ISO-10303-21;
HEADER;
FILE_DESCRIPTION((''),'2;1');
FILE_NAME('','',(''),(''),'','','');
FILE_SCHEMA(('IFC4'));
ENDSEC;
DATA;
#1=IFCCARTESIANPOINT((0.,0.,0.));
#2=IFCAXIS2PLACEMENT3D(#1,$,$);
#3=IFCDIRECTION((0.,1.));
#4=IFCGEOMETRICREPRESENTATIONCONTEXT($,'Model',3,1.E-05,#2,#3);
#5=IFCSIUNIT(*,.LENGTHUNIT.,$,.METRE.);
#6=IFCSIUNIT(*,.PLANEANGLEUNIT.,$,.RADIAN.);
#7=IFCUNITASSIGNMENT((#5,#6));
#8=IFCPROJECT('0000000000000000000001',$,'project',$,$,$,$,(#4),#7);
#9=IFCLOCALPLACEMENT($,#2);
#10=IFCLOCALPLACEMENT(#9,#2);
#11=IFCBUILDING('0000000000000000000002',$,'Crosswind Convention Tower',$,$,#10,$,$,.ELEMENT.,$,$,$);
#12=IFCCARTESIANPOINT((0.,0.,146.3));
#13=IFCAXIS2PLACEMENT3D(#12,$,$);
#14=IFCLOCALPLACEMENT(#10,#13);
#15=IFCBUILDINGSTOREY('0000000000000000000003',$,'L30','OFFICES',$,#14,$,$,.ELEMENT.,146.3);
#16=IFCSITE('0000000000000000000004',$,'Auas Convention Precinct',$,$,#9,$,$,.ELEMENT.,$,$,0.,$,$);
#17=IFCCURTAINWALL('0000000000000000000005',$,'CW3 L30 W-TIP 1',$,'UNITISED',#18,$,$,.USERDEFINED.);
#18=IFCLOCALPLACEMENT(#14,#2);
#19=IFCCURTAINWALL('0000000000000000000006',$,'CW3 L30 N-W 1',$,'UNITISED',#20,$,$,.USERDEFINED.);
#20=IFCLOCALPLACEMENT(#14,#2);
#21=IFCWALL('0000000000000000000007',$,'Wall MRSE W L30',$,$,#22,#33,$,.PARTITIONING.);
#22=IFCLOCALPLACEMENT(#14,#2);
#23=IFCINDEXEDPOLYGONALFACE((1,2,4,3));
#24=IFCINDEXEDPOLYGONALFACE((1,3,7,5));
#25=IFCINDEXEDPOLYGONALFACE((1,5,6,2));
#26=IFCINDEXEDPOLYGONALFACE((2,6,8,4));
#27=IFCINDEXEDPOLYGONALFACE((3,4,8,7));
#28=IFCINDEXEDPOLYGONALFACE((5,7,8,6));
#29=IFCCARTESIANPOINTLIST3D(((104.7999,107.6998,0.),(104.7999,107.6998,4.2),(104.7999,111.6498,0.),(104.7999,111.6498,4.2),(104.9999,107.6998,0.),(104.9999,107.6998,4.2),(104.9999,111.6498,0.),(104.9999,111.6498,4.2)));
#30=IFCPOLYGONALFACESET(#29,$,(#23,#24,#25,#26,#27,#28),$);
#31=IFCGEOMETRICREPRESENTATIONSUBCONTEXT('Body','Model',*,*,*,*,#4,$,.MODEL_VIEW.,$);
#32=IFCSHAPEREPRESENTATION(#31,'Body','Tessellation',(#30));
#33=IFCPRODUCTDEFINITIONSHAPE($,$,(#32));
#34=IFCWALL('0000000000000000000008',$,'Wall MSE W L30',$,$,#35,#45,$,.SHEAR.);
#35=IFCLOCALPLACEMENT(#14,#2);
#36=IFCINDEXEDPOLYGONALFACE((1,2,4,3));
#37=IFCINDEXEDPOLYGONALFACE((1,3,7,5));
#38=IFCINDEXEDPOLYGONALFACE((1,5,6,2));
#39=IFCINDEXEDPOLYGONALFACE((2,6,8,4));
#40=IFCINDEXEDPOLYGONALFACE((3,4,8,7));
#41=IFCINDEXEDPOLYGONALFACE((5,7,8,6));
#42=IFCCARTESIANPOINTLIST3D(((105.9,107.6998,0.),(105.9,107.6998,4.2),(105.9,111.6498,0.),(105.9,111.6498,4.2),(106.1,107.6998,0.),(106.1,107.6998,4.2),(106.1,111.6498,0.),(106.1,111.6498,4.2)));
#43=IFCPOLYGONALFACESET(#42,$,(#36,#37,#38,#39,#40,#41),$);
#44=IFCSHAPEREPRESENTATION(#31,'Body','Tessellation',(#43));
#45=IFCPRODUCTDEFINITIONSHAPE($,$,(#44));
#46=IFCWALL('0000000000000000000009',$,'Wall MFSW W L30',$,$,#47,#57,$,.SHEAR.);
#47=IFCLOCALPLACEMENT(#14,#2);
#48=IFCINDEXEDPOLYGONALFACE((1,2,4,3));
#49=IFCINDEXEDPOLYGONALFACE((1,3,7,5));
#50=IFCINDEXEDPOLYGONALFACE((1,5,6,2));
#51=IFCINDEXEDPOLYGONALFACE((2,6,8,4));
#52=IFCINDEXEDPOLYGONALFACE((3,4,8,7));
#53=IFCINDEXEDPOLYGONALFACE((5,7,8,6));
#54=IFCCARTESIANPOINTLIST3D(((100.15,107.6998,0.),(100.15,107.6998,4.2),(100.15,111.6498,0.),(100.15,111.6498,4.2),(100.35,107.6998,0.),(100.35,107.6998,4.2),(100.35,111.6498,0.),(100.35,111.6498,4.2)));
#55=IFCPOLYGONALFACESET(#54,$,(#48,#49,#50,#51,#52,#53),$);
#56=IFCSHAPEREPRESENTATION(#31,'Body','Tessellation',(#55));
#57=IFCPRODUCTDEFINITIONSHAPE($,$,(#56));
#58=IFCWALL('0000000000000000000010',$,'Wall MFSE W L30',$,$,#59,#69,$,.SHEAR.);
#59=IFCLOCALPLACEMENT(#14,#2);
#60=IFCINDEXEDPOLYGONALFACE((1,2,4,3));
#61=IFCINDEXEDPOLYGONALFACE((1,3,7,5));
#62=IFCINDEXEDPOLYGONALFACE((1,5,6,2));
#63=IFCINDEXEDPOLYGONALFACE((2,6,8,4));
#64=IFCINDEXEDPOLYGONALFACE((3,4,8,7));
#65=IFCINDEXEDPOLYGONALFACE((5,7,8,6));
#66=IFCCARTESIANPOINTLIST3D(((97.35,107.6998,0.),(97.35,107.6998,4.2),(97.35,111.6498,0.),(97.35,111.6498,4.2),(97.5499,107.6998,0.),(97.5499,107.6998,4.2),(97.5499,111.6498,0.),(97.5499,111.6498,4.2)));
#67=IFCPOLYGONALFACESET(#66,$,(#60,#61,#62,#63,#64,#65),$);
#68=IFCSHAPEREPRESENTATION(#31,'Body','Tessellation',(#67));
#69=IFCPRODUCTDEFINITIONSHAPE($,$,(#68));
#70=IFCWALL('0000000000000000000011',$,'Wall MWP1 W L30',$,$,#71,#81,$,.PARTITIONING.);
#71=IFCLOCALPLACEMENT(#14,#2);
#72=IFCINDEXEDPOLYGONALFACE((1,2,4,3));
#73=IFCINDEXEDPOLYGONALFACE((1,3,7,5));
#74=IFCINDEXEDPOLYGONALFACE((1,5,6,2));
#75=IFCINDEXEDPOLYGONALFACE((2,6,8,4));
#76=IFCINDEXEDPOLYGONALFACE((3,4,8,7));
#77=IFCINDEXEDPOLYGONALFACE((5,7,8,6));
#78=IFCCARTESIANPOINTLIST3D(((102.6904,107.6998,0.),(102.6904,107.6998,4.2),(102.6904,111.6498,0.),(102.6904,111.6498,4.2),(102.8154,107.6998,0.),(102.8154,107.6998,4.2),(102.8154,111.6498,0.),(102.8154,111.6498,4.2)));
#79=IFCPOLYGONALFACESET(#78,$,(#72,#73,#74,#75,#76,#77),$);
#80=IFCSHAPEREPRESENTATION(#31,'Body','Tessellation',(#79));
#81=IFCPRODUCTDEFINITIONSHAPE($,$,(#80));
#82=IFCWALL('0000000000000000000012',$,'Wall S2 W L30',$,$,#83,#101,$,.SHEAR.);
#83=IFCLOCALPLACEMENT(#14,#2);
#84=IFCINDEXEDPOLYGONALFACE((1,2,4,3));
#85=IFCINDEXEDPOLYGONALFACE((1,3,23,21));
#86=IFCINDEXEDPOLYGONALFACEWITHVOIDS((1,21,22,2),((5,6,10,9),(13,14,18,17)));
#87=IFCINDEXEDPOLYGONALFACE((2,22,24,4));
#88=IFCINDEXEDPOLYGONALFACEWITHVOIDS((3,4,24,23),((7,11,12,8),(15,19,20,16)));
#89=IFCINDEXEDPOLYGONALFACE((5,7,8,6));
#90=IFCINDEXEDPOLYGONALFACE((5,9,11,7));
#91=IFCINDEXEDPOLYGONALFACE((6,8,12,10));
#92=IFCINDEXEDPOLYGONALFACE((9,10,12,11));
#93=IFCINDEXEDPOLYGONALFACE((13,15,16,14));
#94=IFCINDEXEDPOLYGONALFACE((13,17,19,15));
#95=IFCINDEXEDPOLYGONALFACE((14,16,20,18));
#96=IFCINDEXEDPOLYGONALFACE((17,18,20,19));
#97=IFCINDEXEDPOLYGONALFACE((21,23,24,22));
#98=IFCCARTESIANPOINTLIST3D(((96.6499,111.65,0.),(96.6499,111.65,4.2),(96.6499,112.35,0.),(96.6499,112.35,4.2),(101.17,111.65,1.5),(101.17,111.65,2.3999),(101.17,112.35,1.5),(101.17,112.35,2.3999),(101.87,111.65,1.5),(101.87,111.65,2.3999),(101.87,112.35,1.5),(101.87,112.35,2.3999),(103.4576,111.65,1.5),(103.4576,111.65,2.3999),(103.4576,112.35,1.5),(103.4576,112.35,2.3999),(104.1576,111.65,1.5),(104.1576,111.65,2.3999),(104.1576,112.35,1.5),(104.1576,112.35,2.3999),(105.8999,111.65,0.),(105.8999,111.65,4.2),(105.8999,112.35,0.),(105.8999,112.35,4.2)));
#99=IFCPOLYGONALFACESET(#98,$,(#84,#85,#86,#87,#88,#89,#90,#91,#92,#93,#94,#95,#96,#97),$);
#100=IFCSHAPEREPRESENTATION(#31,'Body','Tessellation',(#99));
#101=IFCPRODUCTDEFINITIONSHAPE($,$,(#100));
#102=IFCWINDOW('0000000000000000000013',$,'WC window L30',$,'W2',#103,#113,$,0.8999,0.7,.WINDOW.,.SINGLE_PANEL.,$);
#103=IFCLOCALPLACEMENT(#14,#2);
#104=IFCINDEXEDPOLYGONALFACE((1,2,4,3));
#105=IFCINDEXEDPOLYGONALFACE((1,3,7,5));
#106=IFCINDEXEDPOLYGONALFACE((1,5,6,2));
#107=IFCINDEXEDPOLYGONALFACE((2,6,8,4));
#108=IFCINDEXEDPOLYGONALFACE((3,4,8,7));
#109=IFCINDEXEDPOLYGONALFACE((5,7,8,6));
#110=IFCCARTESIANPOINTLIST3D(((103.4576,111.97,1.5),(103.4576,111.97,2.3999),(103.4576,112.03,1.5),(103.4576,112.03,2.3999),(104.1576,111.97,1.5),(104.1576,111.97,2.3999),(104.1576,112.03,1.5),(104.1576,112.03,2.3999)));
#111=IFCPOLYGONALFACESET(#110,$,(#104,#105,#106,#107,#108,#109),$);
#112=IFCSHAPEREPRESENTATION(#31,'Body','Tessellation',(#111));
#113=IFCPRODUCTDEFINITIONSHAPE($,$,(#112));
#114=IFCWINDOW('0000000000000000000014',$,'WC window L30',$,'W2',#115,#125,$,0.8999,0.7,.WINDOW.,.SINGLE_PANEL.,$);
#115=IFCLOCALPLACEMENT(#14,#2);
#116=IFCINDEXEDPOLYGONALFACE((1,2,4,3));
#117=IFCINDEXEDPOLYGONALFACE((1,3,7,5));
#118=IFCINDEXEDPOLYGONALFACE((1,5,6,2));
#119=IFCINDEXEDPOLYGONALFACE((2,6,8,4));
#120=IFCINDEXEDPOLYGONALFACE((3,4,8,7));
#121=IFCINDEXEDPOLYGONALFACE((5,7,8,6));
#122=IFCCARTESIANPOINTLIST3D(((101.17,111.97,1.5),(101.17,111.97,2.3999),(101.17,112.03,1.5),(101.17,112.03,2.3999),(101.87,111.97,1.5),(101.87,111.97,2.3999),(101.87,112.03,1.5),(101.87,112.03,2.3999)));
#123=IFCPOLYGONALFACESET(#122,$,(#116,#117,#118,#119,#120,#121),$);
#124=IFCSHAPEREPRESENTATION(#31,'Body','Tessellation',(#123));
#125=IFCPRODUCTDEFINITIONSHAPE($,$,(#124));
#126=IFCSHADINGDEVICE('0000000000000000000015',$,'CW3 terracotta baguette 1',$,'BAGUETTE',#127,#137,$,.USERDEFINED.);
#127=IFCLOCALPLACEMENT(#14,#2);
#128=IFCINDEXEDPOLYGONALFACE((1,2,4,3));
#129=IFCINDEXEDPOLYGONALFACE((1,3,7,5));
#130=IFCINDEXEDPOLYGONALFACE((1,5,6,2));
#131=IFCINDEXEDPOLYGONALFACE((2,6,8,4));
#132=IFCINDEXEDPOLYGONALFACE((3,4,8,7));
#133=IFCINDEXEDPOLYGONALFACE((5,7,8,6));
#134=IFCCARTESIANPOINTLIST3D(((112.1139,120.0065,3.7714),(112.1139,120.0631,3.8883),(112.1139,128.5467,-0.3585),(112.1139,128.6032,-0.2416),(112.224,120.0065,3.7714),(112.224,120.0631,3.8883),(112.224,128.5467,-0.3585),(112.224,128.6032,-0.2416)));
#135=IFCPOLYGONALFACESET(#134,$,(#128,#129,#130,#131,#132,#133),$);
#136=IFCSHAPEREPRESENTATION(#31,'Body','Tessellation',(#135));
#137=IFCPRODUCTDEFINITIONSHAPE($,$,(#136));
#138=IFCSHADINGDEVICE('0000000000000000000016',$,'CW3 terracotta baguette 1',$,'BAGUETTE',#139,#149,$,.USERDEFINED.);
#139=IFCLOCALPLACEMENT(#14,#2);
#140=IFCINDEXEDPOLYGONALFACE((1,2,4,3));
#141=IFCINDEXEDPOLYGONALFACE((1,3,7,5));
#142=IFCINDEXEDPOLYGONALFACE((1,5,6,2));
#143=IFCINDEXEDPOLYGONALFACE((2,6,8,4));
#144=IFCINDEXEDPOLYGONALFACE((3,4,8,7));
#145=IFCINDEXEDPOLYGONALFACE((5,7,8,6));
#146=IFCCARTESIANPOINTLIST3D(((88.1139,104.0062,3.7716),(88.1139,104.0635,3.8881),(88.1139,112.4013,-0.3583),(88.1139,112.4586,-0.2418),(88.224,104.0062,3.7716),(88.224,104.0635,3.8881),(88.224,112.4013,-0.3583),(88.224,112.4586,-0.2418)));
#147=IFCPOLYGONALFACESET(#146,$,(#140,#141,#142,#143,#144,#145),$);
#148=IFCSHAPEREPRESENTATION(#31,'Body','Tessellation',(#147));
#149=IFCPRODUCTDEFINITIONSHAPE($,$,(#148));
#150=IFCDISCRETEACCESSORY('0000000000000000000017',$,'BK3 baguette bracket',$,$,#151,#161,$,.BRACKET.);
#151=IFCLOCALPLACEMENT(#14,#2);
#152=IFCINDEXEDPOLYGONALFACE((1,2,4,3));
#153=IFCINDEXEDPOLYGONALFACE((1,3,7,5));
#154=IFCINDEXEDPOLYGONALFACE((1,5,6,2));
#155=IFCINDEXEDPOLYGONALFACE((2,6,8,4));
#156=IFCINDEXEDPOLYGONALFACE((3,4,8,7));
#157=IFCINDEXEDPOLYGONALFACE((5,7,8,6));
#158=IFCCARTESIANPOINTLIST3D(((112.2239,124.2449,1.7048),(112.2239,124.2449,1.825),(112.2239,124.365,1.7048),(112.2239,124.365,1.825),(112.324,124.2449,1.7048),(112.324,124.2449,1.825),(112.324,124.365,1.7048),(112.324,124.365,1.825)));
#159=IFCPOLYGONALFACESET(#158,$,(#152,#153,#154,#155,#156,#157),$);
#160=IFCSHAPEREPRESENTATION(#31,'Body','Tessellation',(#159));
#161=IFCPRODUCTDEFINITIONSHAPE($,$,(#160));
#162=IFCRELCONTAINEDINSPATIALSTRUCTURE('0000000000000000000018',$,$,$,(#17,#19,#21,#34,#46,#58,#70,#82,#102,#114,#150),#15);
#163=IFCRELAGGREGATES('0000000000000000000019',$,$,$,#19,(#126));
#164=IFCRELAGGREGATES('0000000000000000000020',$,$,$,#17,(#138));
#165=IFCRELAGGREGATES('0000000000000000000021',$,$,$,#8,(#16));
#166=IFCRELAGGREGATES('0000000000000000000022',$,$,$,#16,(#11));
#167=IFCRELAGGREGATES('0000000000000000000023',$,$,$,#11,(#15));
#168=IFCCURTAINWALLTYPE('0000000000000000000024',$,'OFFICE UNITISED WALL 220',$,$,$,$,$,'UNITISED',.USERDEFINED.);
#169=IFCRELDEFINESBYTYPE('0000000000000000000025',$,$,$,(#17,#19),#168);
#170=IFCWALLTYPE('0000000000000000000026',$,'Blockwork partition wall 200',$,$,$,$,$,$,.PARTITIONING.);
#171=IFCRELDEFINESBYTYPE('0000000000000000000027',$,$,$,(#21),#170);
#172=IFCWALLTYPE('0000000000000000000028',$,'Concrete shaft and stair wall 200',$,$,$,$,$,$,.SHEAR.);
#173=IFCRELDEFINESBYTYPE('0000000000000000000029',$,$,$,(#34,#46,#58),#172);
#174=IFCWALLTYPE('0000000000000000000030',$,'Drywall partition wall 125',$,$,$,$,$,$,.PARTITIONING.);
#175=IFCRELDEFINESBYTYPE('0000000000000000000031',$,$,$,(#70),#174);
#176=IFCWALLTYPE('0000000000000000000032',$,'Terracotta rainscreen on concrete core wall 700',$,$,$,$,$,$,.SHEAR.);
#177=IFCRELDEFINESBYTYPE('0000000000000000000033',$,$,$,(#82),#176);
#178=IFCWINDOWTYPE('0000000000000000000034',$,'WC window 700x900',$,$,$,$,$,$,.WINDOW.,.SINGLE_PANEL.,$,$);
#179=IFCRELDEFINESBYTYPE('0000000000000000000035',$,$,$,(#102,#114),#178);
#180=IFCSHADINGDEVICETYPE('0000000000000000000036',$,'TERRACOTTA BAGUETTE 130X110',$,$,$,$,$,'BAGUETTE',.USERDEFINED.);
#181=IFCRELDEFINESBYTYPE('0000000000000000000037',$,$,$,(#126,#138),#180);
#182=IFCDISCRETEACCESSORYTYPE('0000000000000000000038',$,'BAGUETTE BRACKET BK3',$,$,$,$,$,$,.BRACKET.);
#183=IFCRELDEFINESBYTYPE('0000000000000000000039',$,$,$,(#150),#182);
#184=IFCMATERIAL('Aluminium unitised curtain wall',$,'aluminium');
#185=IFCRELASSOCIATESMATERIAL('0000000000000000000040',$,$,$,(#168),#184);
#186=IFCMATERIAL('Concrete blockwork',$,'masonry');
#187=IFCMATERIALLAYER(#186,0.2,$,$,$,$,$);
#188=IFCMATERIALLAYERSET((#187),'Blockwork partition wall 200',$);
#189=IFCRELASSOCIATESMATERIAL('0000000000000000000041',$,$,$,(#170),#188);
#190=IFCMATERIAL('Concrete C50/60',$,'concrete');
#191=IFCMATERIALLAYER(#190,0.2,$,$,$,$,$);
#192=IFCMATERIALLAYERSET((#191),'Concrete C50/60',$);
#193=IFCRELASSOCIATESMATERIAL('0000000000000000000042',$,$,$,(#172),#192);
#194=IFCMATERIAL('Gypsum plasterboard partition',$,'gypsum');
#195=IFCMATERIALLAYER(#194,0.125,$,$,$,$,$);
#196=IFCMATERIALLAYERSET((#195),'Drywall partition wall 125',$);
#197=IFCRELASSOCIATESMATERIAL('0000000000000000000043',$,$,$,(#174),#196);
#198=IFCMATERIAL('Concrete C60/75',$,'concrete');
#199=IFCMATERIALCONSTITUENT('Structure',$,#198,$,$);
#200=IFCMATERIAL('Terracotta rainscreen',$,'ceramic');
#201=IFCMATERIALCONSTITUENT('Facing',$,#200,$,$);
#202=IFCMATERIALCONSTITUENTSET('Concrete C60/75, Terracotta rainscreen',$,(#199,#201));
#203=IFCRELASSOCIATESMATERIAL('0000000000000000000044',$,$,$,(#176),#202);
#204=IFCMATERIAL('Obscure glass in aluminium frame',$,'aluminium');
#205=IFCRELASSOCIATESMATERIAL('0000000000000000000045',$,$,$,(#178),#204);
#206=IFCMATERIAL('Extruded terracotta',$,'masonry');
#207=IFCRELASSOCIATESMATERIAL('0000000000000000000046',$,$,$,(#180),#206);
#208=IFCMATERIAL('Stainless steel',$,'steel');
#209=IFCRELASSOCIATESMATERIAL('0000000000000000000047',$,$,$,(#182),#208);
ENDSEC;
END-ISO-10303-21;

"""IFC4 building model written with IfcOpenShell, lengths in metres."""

from ifc_helpers import new_model, si_unit, direction, frame, frame_2d, origin, origin_2d, place, context, subcontext, project, spatial, rectangle, extrude, material, layer, layer_set, constituent, constituent_set, material_profile, profile_set, type_object, element, fill, aggregate, save


model = new_model("IFC4")

# Units and contexts
model_context = context("Model", 3, precision=1e-05, world=origin(), true_north=direction((0.0, 1.0)))
body_context = subcontext(model_context, "Body", "Model", "MODEL_VIEW")
ifc_project = project(units=[si_unit("LENGTHUNIT", "METRE"), si_unit("PLANEANGLEUNIT", "RADIAN")], contexts=[model_context])

# Site, building, storey
site_placement = place(None, origin())
site = spatial("IfcSite", under=ifc_project, at=site_placement, Name="Auas Convention Precinct", CompositionType="ELEMENT", RefElevation=0.0)
building_placement = place(site_placement, origin())
building = spatial("IfcBuilding", under=site, at=building_placement, Name="Crosswind Convention Tower", CompositionType="ELEMENT")
storey_placement = place(building_placement, frame((0.0, 0.0, 146.3)))
storey = spatial("IfcBuildingStorey", under=building, at=storey_placement, Name="L30", Description="OFFICES", CompositionType="ELEMENT", Elevation=146.3)

# Shared definitions
ifc_material_1 = material(Name="Concrete C60/75", Category="concrete")

# Shared definitions
ifc_material_2 = material(Name="Aluminium unitised curtain wall", Category="aluminium")

# Curtain wall
curtain_wall_type_1 = type_object("IfcCurtainWallType", Name="OFFICE UNITISED WALL 220", ElementType="UNITISED", PredefinedType="USERDEFINED", material=ifc_material_2)
curtain_wall_1_placement = place(storey_placement, origin())
curtain_wall_1 = element("IfcCurtainWall", 1, at=curtain_wall_1_placement, inside=storey, type_object=curtain_wall_type_1, Name="CW3 L30 W-TIP 1", ObjectType="UNITISED", PredefinedType="USERDEFINED")

# Curtain wall
curtain_wall_2_placement = place(storey_placement, origin())
curtain_wall_2 = element("IfcCurtainWall", 2, at=curtain_wall_2_placement, inside=storey, type_object=curtain_wall_type_1, Name="CW3 L30 N-W 1", ObjectType="UNITISED", PredefinedType="USERDEFINED")

# Wall
ifc_material_3 = material(Name="Concrete blockwork", Category="masonry")
ifc_layer_1 = layer(ifc_material_3, 0.2)
ifc_layer_set_1 = layer_set([ifc_layer_1], Name="Blockwork partition wall 200")
wall_type_1 = type_object("IfcWallType", Name="Blockwork partition wall 200", PredefinedType="PARTITIONING", material=ifc_layer_set_1)
wall_1_placement = place(storey_placement, frame((104.8999, 111.6499, 0.0), z_axis=(0.0, 0.0, 1.0), x_axis=(0.0, -1.0, 0.0)))
element("IfcWall", 3, at=wall_1_placement, inside=storey, type_object=wall_type_1, Name="Wall MRSE W L30", PredefinedType="PARTITIONING", context=body_context, shape_type="SweptSolid", body=[
    extrude(rectangle(XDim=3.95, YDim=0.2, at=frame_2d((1.9751, 0.0))), origin(), (0.0, 0.0, 1.0), 4.2),
])

# Walls
ifc_material_4 = material(Name="Concrete C50/60", Category="concrete")
ifc_layer_2 = layer(ifc_material_4, 0.2)
ifc_layer_set_2 = layer_set([ifc_layer_2], Name="Concrete C50/60")
wall_type_2 = type_object("IfcWallType", Name="Concrete shaft and stair wall 200", PredefinedType="SHEAR", material=ifc_layer_set_2)
for number, where, z_axis, x_axis, name in (
    (4, (106.0, 111.6499, 0.0), (0.0, 0.0, 1.0), (0.0, -1.0, 0.0), "Wall MSE W L30"),
    (5, (100.25, 111.6499, 0.0), (0.0, 0.0, 1.0), (0.0, -1.0, 0.0), "Wall MFSW W L30"),
    (6, (97.45, 111.6499, 0.0), (0.0, 0.0, 1.0), (0.0, -1.0, 0.0), "Wall MFSE W L30"),
):
    element("IfcWall", number, at=place(storey_placement, frame(where, z_axis=z_axis, x_axis=x_axis)), inside=storey, type_object=wall_type_2, Name=name, PredefinedType="SHEAR", context=body_context, shape_type="SweptSolid", body=[
        extrude(rectangle(XDim=3.95, YDim=0.2, at=frame_2d((1.9751, 0.0))), origin(), (0.0, 0.0, 1.0), 4.2),
    ])
ifc_material_5 = material(Name="Gypsum plasterboard partition", Category="gypsum")
ifc_layer_3 = layer(ifc_material_5, 0.125)
ifc_layer_set_3 = layer_set([ifc_layer_3], Name="Drywall partition wall 125")
wall_type_3 = type_object("IfcWallType", Name="Drywall partition wall 125", PredefinedType="PARTITIONING", material=ifc_layer_set_3)
wall_2_placement = place(storey_placement, frame((102.7529, 111.6499, 0.0), z_axis=(0.0, 0.0, 1.0), x_axis=(0.0, -1.0, 0.0)))
element("IfcWall", 7, at=wall_2_placement, inside=storey, type_object=wall_type_3, Name="Wall MWP1 W L30", PredefinedType="PARTITIONING", context=body_context, shape_type="SweptSolid", body=[
    extrude(rectangle(XDim=3.95, YDim=0.125, at=frame_2d((1.9751, 0.0))), origin(), (0.0, 0.0, 1.0), 4.2),
])

# Wall, openings, windows
ifc_constituent_1 = constituent(ifc_material_1, Name="Structure")
ifc_material_6 = material(Name="Terracotta rainscreen", Category="ceramic")
ifc_constituent_2 = constituent(ifc_material_6, Name="Facing")
ifc_constituent_set = constituent_set(constituents=[ifc_constituent_1, ifc_constituent_2], Name="Concrete C60/75, Terracotta rainscreen")
wall_type_4 = type_object("IfcWallType", Name="Terracotta rainscreen on concrete core wall 700", PredefinedType="SHEAR", material=ifc_constituent_set)
wall_3_placement = place(storey_placement, frame((105.8999, 112.0, 0.0), z_axis=(0.0, 0.0, 1.0), x_axis=(-1.0, 0.0, 0.0)))
wall_3 = element("IfcWall", 8, at=wall_3_placement, inside=storey, type_object=wall_type_4, Name="Wall S2 W L30", PredefinedType="SHEAR", context=body_context, shape_type="SweptSolid", body=[
    extrude(rectangle(XDim=9.25, YDim=0.7, at=frame_2d((4.625, 0.0))), origin(), (0.0, 0.0, 1.0), 4.2),
])
opening_1_placement = place(wall_3_placement, frame((1.7422, 0.0, 1.5)))
opening_1 = element("IfcOpeningElement", 9, at=opening_1_placement, cuts=wall_3, PredefinedType="OPENING", context=body_context, shape_type="SweptSolid", body=[
    extrude(rectangle(XDim=0.7, YDim=0.8999, at=frame_2d((0.3501, 0.45))), frame((0.0, 0.3599, 0.0), z_axis=(0.0, -1.0, 0.0), x_axis=(1.0, 0.0, 0.0)), (0.0, 0.0, 1.0), 0.72),
])
opening_2_placement = place(wall_3_placement, frame((4.0298, 0.0, 1.5)))
opening_2 = element("IfcOpeningElement", 10, at=opening_2_placement, cuts=wall_3, PredefinedType="OPENING", context=body_context, shape_type="SweptSolid", body=[
    extrude(rectangle(XDim=0.7, YDim=0.8999, at=frame_2d((0.3501, 0.45))), frame((0.0, 0.3599, 0.0), z_axis=(0.0, -1.0, 0.0), x_axis=(1.0, 0.0, 0.0)), (0.0, 0.0, 1.0), 0.72),
])
ifc_material_7 = material(Name="Obscure glass in aluminium frame", Category="aluminium")
window_type = type_object("IfcWindowType", Name="WC window 700x900", PartitioningType="SINGLE_PANEL", PredefinedType="WINDOW", material=ifc_material_7)
window_1_placement = place(opening_1_placement, origin())
window_1 = element("IfcWindow", 11, at=window_1_placement, inside=storey, type_object=window_type, Name="WC window L30", ObjectType="W2", OverallHeight=0.8999, OverallWidth=0.7, PartitioningType="SINGLE_PANEL", PredefinedType="WINDOW", context=body_context, shape_type="SweptSolid", body=[
    extrude(rectangle(XDim=0.7, YDim=0.8999, at=frame_2d((0.3501, 0.45))), frame((0.0, 0.03, 0.0), z_axis=(0.0, -1.0, 0.0), x_axis=(1.0, 0.0, 0.0)), (0.0, 0.0, 1.0), 0.0601),
])
fill(opening_1, window_1)
window_2_placement = place(opening_2_placement, origin())
window_2 = element("IfcWindow", 12, at=window_2_placement, inside=storey, type_object=window_type, Name="WC window L30", ObjectType="W2", OverallHeight=0.8999, OverallWidth=0.7, PartitioningType="SINGLE_PANEL", PredefinedType="WINDOW", context=body_context, shape_type="SweptSolid", body=[
    extrude(rectangle(XDim=0.7, YDim=0.8999, at=frame_2d((0.3501, 0.45))), frame((0.0, 0.03, 0.0), z_axis=(0.0, -1.0, 0.0), x_axis=(1.0, 0.0, 0.0)), (0.0, 0.0, 1.0), 0.0601),
])
fill(opening_2, window_2)

# Shading devices
ifc_material_8 = material(Name="Extruded terracotta", Category="masonry")
ifc_material_profile_1 = material_profile(ifc_material_8, rectangle(XDim=0.1101, YDim=0.1299, at=origin_2d()), Name="TC 110X130")
ifc_profile_set_1 = profile_set([ifc_material_profile_1], Name="Extruded terracotta")
shading_device_type = type_object("IfcShadingDeviceType", Name="TERRACOTTA BAGUETTE 130X110", ElementType="BAGUETTE", PredefinedType="USERDEFINED", material=ifc_profile_set_1)
shading_device_1_placement = place(storey_placement, frame((112.1689, 128.575, -0.3), z_axis=(0.0, -0.900258, 0.435356), x_axis=(1.0, 0.0, 0.0)))
shading_device_1 = element("IfcShadingDevice", 13, at=shading_device_1_placement, type_object=shading_device_type, Name="CW3 terracotta baguette 1", ObjectType="BAGUETTE", PredefinedType="USERDEFINED", context=body_context, shape_type="SweptSolid", body=[
    extrude(rectangle(XDim=0.1101, YDim=0.1299, at=origin_2d()), origin(), (0.0, 0.0, 1.0), 9.4863),
])
aggregate(curtain_wall_2, [shading_device_1])
shading_device_2_placement = place(storey_placement, frame((88.1689, 112.4299, -0.3), z_axis=(0.0, -0.8973, 0.441422), x_axis=(1.0, 0.0, 0.0)))
shading_device_2 = element("IfcShadingDevice", 14, at=shading_device_2_placement, type_object=shading_device_type, Name="CW3 terracotta baguette 1", ObjectType="BAGUETTE", PredefinedType="USERDEFINED", context=body_context, shape_type="SweptSolid", body=[
    extrude(rectangle(XDim=0.1101, YDim=0.1299, at=origin_2d()), origin(), (0.0, 0.0, 1.0), 9.356),
])
aggregate(curtain_wall_1, [shading_device_2])

# Discrete accessory
ifc_material_9 = material(Name="Stainless steel", Category="steel")
discrete_accessory_type = type_object("IfcDiscreteAccessoryType", Name="BAGUETTE BRACKET BK3", PredefinedType="BRACKET", material=ifc_material_9)
discrete_accessory_placement = place(storey_placement, frame((112.2739, 124.3049, 1.7048), z_axis=(0.0, 0.0, 1.0), x_axis=(0.0, -1.0, 0.0)))
element("IfcDiscreteAccessory", 15, at=discrete_accessory_placement, inside=storey, type_object=discrete_accessory_type, Name="BK3 baguette bracket", PredefinedType="BRACKET", context=body_context, shape_type="SweptSolid", body=[
    extrude(rectangle(XDim=0.1201, YDim=0.1001, at=origin_2d()), origin(), (0.0, 0.0, 1.0), 0.1201),
])

save(model, "model.ifc")
